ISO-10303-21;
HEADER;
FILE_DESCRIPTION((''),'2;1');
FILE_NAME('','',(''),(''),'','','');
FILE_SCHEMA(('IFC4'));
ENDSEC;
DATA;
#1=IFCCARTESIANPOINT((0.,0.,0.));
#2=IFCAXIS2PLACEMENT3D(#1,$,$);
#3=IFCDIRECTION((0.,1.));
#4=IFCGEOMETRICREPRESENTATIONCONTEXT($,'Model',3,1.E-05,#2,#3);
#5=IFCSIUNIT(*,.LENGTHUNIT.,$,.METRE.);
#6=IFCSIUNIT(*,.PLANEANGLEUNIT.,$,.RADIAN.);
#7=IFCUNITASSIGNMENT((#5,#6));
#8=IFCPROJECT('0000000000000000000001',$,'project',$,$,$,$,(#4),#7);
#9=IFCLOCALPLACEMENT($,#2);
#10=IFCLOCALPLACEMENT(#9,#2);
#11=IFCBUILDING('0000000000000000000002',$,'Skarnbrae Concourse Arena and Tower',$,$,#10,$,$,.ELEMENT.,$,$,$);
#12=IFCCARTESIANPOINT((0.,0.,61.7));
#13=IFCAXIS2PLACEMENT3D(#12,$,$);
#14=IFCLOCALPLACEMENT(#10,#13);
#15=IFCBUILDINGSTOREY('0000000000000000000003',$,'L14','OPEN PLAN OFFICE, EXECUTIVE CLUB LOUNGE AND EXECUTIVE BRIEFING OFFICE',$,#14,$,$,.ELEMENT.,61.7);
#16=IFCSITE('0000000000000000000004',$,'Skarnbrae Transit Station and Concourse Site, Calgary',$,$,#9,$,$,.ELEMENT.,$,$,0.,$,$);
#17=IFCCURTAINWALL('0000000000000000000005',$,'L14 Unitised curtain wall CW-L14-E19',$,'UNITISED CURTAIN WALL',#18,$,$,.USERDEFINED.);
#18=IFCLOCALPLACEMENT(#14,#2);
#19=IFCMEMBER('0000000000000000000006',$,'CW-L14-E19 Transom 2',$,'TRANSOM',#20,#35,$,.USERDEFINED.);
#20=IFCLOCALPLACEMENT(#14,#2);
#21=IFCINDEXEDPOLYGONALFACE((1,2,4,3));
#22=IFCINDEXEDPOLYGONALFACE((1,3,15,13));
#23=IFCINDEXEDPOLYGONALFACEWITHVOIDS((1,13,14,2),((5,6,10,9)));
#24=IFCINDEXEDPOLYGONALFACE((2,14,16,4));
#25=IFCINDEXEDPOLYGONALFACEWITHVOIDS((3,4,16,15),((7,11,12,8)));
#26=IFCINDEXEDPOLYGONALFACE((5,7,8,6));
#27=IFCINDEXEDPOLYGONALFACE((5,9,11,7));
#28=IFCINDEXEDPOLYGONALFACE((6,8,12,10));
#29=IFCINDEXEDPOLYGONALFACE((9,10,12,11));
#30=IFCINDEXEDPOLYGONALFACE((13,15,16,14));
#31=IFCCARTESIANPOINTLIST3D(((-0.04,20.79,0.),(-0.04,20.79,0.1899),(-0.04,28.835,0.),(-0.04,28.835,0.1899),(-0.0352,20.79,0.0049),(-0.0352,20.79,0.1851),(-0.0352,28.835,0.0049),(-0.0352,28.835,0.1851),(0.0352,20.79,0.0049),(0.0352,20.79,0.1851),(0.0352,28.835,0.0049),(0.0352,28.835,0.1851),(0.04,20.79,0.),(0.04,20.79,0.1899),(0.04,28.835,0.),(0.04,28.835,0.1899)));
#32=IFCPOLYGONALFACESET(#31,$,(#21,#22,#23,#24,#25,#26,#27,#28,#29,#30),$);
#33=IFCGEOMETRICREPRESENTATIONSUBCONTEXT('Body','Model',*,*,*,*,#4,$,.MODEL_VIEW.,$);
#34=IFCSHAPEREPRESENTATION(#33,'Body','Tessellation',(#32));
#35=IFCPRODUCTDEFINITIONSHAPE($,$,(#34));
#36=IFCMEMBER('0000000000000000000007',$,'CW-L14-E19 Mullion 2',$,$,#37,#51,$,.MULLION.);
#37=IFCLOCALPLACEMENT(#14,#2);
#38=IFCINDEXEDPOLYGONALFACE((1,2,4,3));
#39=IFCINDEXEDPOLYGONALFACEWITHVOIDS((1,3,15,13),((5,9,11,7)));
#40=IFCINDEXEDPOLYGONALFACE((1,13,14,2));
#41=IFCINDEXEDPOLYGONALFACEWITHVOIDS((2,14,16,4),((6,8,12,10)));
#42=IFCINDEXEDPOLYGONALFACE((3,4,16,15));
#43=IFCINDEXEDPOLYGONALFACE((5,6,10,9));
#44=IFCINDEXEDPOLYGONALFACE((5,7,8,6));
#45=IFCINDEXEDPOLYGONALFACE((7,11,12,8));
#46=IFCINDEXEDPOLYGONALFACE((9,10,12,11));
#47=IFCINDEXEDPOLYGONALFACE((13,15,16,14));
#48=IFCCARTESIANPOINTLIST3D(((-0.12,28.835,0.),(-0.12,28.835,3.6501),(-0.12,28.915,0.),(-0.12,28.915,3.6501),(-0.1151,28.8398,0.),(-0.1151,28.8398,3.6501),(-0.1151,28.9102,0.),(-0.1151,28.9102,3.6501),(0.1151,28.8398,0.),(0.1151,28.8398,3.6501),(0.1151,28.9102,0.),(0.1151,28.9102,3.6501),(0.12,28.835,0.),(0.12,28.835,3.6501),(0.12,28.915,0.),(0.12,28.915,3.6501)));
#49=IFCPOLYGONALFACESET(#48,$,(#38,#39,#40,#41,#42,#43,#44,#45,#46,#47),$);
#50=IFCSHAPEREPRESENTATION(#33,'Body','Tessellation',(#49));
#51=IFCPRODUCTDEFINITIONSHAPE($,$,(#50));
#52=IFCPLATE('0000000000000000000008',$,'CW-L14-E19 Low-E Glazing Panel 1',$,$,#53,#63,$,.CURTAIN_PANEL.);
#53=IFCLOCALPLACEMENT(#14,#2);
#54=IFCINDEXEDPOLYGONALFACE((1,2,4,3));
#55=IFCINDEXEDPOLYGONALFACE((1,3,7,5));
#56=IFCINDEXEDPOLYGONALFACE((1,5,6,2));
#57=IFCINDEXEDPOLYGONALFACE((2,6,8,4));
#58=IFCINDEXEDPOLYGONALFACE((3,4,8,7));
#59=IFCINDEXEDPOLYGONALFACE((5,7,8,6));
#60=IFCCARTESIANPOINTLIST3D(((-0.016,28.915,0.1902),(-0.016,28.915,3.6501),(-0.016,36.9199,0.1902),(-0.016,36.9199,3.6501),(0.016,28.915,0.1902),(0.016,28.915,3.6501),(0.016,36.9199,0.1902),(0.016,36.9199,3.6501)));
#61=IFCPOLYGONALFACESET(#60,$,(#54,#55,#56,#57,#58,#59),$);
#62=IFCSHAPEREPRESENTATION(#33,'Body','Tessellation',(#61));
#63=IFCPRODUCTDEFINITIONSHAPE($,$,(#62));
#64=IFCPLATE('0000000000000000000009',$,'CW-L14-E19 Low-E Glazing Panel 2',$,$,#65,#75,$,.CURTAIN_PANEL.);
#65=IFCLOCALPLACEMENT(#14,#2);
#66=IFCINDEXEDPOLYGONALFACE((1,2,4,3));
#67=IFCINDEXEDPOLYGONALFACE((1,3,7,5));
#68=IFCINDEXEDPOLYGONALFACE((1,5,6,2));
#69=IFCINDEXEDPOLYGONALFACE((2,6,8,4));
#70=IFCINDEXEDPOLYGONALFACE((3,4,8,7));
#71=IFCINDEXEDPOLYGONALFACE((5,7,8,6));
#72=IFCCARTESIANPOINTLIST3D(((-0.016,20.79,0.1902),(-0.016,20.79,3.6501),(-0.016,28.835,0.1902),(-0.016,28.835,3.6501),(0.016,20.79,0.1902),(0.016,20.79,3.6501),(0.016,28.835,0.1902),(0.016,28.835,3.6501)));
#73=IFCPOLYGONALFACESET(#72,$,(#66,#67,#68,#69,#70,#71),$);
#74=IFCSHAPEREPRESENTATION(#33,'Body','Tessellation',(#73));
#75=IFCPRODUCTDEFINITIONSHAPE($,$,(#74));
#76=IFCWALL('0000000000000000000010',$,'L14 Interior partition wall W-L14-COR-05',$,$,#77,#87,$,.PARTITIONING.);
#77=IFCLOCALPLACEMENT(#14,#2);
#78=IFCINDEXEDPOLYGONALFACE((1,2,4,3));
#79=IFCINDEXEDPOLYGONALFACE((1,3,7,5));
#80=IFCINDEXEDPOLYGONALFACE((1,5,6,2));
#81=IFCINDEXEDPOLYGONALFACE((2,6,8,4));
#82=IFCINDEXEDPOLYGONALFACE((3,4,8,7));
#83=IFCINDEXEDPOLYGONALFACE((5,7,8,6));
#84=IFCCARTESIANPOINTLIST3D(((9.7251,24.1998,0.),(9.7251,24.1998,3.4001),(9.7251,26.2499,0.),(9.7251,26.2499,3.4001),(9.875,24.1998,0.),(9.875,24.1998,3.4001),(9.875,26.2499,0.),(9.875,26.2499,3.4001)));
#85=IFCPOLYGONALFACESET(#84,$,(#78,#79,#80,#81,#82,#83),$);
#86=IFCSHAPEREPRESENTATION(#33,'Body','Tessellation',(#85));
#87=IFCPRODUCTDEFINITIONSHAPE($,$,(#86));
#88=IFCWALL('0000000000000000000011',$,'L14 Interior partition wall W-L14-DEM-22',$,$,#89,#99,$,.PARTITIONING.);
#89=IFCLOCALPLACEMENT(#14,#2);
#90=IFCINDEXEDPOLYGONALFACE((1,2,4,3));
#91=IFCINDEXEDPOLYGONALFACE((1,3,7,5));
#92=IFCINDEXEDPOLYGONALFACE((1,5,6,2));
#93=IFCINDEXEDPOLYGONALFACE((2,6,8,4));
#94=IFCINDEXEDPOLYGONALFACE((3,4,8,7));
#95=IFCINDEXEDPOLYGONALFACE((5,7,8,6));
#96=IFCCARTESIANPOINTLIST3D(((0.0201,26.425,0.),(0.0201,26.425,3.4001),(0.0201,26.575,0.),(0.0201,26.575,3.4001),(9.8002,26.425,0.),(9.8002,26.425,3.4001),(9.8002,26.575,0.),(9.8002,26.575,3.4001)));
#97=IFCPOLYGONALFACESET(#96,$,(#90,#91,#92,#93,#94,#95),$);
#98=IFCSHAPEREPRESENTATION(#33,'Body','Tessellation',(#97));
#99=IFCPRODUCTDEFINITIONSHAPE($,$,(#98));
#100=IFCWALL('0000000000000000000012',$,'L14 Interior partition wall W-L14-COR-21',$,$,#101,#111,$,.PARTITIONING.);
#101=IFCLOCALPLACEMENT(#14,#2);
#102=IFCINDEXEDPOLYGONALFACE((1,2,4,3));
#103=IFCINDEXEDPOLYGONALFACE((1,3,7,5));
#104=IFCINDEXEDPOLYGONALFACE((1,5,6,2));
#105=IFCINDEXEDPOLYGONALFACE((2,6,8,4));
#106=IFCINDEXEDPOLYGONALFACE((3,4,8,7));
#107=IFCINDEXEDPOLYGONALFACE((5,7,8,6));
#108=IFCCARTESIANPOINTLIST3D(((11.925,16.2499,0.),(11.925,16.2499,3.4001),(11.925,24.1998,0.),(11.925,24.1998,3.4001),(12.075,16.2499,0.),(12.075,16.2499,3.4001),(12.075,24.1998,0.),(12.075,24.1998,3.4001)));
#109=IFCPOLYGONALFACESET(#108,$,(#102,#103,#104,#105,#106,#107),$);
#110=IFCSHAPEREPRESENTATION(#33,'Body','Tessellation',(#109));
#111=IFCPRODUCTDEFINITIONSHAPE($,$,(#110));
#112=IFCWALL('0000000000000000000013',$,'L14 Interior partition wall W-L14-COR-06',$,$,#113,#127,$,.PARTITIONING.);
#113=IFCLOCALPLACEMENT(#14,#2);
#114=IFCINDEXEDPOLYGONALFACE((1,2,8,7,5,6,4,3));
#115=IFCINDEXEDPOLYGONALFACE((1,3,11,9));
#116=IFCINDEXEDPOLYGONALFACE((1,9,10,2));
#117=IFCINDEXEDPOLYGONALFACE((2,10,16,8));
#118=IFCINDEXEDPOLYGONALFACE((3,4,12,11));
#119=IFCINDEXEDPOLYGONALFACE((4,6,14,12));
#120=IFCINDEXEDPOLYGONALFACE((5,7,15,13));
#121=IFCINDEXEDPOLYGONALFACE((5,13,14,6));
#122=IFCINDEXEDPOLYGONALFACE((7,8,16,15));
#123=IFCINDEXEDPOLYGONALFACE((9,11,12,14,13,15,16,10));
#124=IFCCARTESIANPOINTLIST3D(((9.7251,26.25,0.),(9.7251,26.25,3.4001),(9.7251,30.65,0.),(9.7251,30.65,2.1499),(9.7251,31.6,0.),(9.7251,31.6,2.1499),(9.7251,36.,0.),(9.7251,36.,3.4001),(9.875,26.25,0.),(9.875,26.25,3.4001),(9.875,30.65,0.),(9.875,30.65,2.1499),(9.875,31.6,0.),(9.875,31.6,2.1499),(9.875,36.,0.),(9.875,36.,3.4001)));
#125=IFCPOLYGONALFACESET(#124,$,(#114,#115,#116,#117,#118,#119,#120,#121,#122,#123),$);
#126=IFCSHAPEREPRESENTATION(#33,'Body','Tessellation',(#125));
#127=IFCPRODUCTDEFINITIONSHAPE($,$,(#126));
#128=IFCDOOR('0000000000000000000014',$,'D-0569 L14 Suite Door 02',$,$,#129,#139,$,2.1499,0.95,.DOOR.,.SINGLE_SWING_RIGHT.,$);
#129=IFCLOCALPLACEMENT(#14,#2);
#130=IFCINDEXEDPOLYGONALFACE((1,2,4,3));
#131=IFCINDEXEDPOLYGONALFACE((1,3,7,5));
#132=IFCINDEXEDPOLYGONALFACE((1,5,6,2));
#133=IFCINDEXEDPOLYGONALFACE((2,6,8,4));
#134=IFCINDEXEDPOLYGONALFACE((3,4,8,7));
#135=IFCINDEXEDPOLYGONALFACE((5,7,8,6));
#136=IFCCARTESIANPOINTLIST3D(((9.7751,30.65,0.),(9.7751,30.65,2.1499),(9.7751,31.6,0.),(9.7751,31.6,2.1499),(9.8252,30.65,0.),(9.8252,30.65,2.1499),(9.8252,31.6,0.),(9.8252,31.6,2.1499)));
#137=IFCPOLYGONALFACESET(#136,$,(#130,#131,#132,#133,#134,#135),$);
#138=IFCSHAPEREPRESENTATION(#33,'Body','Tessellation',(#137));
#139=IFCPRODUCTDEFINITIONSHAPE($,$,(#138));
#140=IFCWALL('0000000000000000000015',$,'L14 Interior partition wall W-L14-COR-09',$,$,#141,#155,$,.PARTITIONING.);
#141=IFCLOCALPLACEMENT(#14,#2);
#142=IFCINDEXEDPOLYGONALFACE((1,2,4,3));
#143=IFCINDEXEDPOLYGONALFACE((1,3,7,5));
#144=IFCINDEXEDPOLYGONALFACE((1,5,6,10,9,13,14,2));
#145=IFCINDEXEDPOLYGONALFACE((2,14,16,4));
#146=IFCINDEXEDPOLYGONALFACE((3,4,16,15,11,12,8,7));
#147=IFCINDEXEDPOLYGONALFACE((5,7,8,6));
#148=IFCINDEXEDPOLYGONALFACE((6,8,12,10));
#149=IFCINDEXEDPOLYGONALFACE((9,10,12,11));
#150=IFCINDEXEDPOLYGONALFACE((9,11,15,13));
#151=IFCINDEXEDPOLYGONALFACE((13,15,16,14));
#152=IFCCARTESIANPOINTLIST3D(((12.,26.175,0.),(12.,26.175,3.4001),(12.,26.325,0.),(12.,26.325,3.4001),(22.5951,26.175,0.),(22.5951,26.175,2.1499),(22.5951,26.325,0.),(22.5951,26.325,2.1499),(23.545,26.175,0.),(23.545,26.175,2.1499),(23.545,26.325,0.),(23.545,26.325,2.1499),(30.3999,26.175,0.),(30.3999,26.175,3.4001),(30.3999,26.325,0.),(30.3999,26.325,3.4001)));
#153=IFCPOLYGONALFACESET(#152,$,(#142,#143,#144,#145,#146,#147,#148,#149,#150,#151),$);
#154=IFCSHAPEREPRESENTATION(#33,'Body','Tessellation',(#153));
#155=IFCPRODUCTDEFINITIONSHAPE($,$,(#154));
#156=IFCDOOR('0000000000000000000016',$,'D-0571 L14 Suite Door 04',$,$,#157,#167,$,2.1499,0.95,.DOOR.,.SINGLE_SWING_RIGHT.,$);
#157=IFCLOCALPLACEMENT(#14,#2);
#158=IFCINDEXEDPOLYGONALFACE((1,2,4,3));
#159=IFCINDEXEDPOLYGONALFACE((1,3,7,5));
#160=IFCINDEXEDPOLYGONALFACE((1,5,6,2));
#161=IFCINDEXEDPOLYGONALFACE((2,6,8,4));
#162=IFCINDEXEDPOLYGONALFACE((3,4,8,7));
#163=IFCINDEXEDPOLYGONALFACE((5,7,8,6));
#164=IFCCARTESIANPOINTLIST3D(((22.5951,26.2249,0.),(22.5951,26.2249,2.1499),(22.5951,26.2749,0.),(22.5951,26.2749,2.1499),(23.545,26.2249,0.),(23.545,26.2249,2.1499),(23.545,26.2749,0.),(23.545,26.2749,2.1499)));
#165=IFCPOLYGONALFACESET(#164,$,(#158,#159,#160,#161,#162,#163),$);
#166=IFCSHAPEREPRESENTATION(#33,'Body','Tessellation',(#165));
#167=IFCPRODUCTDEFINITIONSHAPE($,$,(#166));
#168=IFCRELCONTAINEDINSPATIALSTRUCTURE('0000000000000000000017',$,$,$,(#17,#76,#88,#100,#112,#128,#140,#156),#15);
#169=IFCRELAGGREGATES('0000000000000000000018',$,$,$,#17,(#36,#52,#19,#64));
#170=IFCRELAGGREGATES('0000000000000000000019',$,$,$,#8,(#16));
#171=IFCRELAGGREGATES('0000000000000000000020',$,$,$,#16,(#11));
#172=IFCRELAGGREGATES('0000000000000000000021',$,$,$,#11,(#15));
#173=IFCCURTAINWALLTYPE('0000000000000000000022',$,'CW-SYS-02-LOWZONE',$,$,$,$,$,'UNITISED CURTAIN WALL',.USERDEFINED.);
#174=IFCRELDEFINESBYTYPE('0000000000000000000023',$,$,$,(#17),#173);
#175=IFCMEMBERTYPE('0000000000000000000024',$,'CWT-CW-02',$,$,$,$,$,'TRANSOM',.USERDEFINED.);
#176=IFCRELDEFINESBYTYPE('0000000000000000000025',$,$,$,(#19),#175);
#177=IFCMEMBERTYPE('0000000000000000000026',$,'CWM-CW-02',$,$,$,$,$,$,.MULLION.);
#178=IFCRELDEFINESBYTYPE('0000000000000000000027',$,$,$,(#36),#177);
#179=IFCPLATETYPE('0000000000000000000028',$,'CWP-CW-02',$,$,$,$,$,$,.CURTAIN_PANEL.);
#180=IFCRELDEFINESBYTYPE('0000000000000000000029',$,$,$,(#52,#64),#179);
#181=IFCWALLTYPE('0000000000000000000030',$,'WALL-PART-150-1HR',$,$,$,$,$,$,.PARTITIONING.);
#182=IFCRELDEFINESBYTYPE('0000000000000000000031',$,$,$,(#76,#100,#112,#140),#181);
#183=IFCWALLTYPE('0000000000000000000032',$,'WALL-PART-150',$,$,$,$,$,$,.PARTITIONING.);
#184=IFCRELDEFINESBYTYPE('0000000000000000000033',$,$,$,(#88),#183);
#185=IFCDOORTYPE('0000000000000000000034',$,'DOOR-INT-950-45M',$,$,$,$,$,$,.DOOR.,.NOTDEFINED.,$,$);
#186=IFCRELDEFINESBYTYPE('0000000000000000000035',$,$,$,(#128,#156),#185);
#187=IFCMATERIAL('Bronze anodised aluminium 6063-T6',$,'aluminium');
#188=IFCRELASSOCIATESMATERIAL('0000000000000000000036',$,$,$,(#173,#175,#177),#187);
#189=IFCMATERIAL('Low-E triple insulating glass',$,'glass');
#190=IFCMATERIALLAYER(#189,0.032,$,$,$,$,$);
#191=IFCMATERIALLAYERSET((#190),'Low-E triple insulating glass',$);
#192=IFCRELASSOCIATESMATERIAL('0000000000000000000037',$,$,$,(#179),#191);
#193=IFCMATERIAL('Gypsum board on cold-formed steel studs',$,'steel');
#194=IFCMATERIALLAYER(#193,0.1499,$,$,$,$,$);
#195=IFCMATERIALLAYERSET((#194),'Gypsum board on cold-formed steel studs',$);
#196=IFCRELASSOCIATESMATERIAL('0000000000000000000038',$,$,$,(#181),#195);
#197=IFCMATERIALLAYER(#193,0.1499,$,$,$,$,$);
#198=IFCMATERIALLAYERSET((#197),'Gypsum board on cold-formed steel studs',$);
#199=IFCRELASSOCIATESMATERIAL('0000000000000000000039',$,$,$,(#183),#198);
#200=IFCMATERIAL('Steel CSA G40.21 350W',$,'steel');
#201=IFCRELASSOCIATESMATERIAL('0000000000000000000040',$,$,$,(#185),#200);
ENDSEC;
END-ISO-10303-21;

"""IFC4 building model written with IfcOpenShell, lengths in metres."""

from ifc_helpers import new_model, si_unit, direction, frame, frame_2d, origin, origin_2d, place, context, subcontext, project, spatial, rectangle, hollow_rectangle, extrude, source, transform, mapped, material, layer, layer_set, material_profile, profile_set, type_object, element, fill, aggregate, save


model = new_model("IFC4")

# Units and contexts
model_context = context("Model", 3, precision=1e-05, world=origin(), true_north=direction((0.0, 1.0)))
body_context = subcontext(model_context, "Body", "Model", "MODEL_VIEW")
ifc_project = project(units=[si_unit("LENGTHUNIT", "METRE"), si_unit("PLANEANGLEUNIT", "RADIAN")], contexts=[model_context])

# Site, building, storey
site_placement = place(None, origin())
site = spatial("IfcSite", under=ifc_project, at=site_placement, Name="Skarnbrae Transit Station and Concourse Site, Calgary", CompositionType="ELEMENT", RefElevation=0.0)
building_placement = place(site_placement, origin())
building = spatial("IfcBuilding", under=site, at=building_placement, Name="Skarnbrae Concourse Arena and Tower", CompositionType="ELEMENT")
storey_placement = place(building_placement, frame((0.0, 0.0, 61.7)))
storey = spatial("IfcBuildingStorey", under=building, at=storey_placement, Name="L14", Description="OPEN PLAN OFFICE, EXECUTIVE CLUB LOUNGE AND EXECUTIVE BRIEFING OFFICE", CompositionType="ELEMENT", Elevation=61.7)

# Shared definitions
ifc_material_1 = material(Name="Steel CSA G40.21 350W", Category="steel")

# Curtain wall, members, plates
ifc_material_2 = material(Name="Bronze anodised aluminium 6063-T6", Category="aluminium")
curtain_wall_type = type_object("IfcCurtainWallType", Name="CW-SYS-02-LOWZONE", ElementType="UNITISED CURTAIN WALL", PredefinedType="USERDEFINED", material=ifc_material_2)
curtain_wall_placement = place(storey_placement, origin())
curtain_wall = element("IfcCurtainWall", 1, at=curtain_wall_placement, inside=storey, type_object=curtain_wall_type, Name="L14 Unitised curtain wall CW-L14-E19", ObjectType="UNITISED CURTAIN WALL", PredefinedType="USERDEFINED")
ifc_material_profile_1 = material_profile(ifc_material_2, hollow_rectangle(XDim=0.0801, YDim=0.1899, WallThickness=0.0049, at=origin_2d()), Name="ALU-TRAN-80X190")
ifc_profile_set_1 = profile_set([ifc_material_profile_1], Name="Bronze anodised aluminium 6063-T6")
member_type_1 = type_object("IfcMemberType", Name="CWT-CW-02", ElementType="TRANSOM", PredefinedType="USERDEFINED", material=ifc_profile_set_1)
shared_shape_1 = source(origin(), body_context, "Body", "SweptSolid", [
    extrude(hollow_rectangle(XDim=0.0801, YDim=0.1899, WallThickness=0.0049, at=origin_2d()), origin(), (0.0, 0.0, 1.0), 8.0449),
])
member_1_placement = place(storey_placement, frame((0.0, 28.835, 0.095), z_axis=(0.0, -1.0, 0.0), x_axis=(1.0, 0.0, 0.0)))
member_1 = element("IfcMember", 2, at=member_1_placement, type_object=member_type_1, Name="CW-L14-E19 Transom 2", ObjectType="TRANSOM", PredefinedType="USERDEFINED", context=body_context, shape_type="MappedRepresentation", body=[
    mapped(shared_shape_1, transform((0.0, 0.0, 0.0))),
])
ifc_material_profile_2 = material_profile(ifc_material_2, hollow_rectangle(XDim=0.0801, YDim=0.24, WallThickness=0.0049, at=origin_2d()), Name="ALU-MULL-80X240")
ifc_profile_set_2 = profile_set([ifc_material_profile_2], Name="Bronze anodised aluminium 6063-T6")
member_type_2 = type_object("IfcMemberType", Name="CWM-CW-02", PredefinedType="MULLION", material=ifc_profile_set_2)
shared_shape_2 = source(origin(), body_context, "Body", "SweptSolid", [
    extrude(hollow_rectangle(XDim=0.0801, YDim=0.24, WallThickness=0.0049, at=origin_2d()), origin(), (0.0, 0.0, 1.0), 3.6501),
])
member_2_placement = place(storey_placement, frame((0.0, 28.875, 0.0), z_axis=(0.0, 0.0, 1.0), x_axis=(0.0, -1.0, 0.0)))
member_2 = element("IfcMember", 3, at=member_2_placement, type_object=member_type_2, Name="CW-L14-E19 Mullion 2", PredefinedType="MULLION", context=body_context, shape_type="MappedRepresentation", body=[
    mapped(shared_shape_2, transform((0.0, 0.0, 0.0))),
])
ifc_material_3 = material(Name="Low-E triple insulating glass", Category="glass")
ifc_layer_1 = layer(ifc_material_3, 0.032)
ifc_layer_set_1 = layer_set([ifc_layer_1], Name="Low-E triple insulating glass")
plate_type = type_object("IfcPlateType", Name="CWP-CW-02", PredefinedType="CURTAIN_PANEL", material=ifc_layer_set_1)
shared_shape_3 = source(origin(), body_context, "Body", "SweptSolid", [
    extrude(rectangle(XDim=8.0049, YDim=0.032, at=origin_2d()), origin(), (0.0, 0.0, 1.0), 3.46),
])
plate_1_placement = place(storey_placement, frame((0.0, 32.9175, 0.1902), z_axis=(0.0, 0.0, 1.0), x_axis=(0.0, -1.0, 0.0)))
plate_1 = element("IfcPlate", 4, at=plate_1_placement, type_object=plate_type, Name="CW-L14-E19 Low-E Glazing Panel 1", PredefinedType="CURTAIN_PANEL", context=body_context, shape_type="MappedRepresentation", body=[
    mapped(shared_shape_3, transform((0.0, 0.0, 0.0))),
])
shared_shape_4 = source(origin(), body_context, "Body", "SweptSolid", [
    extrude(rectangle(XDim=8.0449, YDim=0.032, at=origin_2d()), origin(), (0.0, 0.0, 1.0), 3.46),
])
plate_2_placement = place(storey_placement, frame((0.0, 24.8125, 0.1902), z_axis=(0.0, 0.0, 1.0), x_axis=(0.0, -1.0, 0.0)))
plate_2 = element("IfcPlate", 5, at=plate_2_placement, type_object=plate_type, Name="CW-L14-E19 Low-E Glazing Panel 2", PredefinedType="CURTAIN_PANEL", context=body_context, shape_type="MappedRepresentation", body=[
    mapped(shared_shape_4, transform((0.0, 0.0, 0.0))),
])
aggregate(curtain_wall, [member_2, plate_1, member_1, plate_2])

# Walls
ifc_material_4 = material(Name="Gypsum board on cold-formed steel studs", Category="steel")
ifc_layer_2 = layer(ifc_material_4, 0.1499)
ifc_layer_set_2 = layer_set([ifc_layer_2], Name="Gypsum board on cold-formed steel studs")
wall_type_1 = type_object("IfcWallType", Name="WALL-PART-150-1HR", PredefinedType="PARTITIONING", material=ifc_layer_set_2)
shared_shape_5 = source(origin(), body_context, "Body", "SweptSolid", [
    extrude(rectangle(XDim=2.05, YDim=0.1499, at=frame_2d((1.0249, 0.0))), origin(), (0.0, 0.0, 1.0), 3.4001),
])
wall_1_placement = place(storey_placement, frame((9.8, 24.2, 0.0), z_axis=(0.0, 0.0, 1.0), x_axis=(0.0, 1.0, 0.0)))
element("IfcWall", 6, at=wall_1_placement, inside=storey, type_object=wall_type_1, Name="L14 Interior partition wall W-L14-COR-05", PredefinedType="PARTITIONING", context=body_context, shape_type="MappedRepresentation", body=[
    mapped(shared_shape_5, transform((0.0, 0.0, 0.0))),
])
ifc_layer_3 = layer(ifc_material_4, 0.1499)
ifc_layer_set_3 = layer_set([ifc_layer_3], Name="Gypsum board on cold-formed steel studs")
wall_type_2 = type_object("IfcWallType", Name="WALL-PART-150", PredefinedType="PARTITIONING", material=ifc_layer_set_3)
shared_shape_6 = source(origin(), body_context, "Body", "SweptSolid", [
    extrude(rectangle(XDim=9.78, YDim=0.1499, at=frame_2d((4.8901, 0.0))), origin(), (0.0, 0.0, 1.0), 3.4001),
])
wall_2_placement = place(storey_placement, frame((0.02, 26.5, 0.0), z_axis=(0.0, 0.0, 1.0), x_axis=(1.0, 0.0, 0.0)))
element("IfcWall", 7, at=wall_2_placement, inside=storey, type_object=wall_type_2, Name="L14 Interior partition wall W-L14-DEM-22", PredefinedType="PARTITIONING", context=body_context, shape_type="MappedRepresentation", body=[
    mapped(shared_shape_6, transform((0.0, 0.0, 0.0))),
])
shared_shape_7 = source(origin(), body_context, "Body", "SweptSolid", [
    extrude(rectangle(XDim=7.95, YDim=0.1499, at=frame_2d((3.9751, 0.0))), origin(), (0.0, 0.0, 1.0), 3.4001),
])
wall_3_placement = place(storey_placement, frame((12.0, 24.2, 0.0), z_axis=(0.0, 0.0, 1.0), x_axis=(0.0, -1.0, 0.0)))
element("IfcWall", 8, at=wall_3_placement, inside=storey, type_object=wall_type_1, Name="L14 Interior partition wall W-L14-COR-21", PredefinedType="PARTITIONING", context=body_context, shape_type="MappedRepresentation", body=[
    mapped(shared_shape_7, transform((0.0, 0.0, 0.0))),
])

# Walls, openings, doors
shared_shape_8 = source(origin(), body_context, "Body", "SweptSolid", [
    extrude(rectangle(XDim=9.75, YDim=0.1499, at=frame_2d((4.875, 0.0))), origin(), (0.0, 0.0, 1.0), 3.4001),
])
wall_4_placement = place(storey_placement, frame((9.8, 26.25, 0.0), z_axis=(0.0, 0.0, 1.0), x_axis=(0.0, 1.0, 0.0)))
wall_4 = element("IfcWall", 9, at=wall_4_placement, inside=storey, type_object=wall_type_1, Name="L14 Interior partition wall W-L14-COR-06", PredefinedType="PARTITIONING", context=body_context, shape_type="MappedRepresentation", body=[
    mapped(shared_shape_8, transform((0.0, 0.0, 0.0))),
])
opening_1_placement = place(wall_4_placement, frame((4.3999, 0.0, 0.0)))
opening_1 = element("IfcOpeningElement", 10, at=opening_1_placement, cuts=wall_4, PredefinedType="OPENING", context=body_context, shape_type="SweptSolid", body=[
    extrude(rectangle(XDim=0.95, YDim=2.1499, at=frame_2d((0.4751, 1.075))), frame((0.0, 0.085, 0.0), z_axis=(0.0, -1.0, 0.0), x_axis=(1.0, 0.0, 0.0)), (0.0, 0.0, 1.0), 0.1699),
])
door_type = type_object("IfcDoorType", Name="DOOR-INT-950-45M", OperationType="NOTDEFINED", PredefinedType="DOOR", material=ifc_material_1)
shared_shape_9 = source(origin(), body_context, "Body", "SweptSolid", [
    extrude(rectangle(XDim=0.95, YDim=2.1499, at=frame_2d((0.4751, 1.075))), frame((0.0, 0.0249, 0.0), z_axis=(0.0, -1.0, 0.0), x_axis=(1.0, 0.0, 0.0)), (0.0, 0.0, 1.0), 0.05),
])
door_1_placement = place(opening_1_placement, origin())
door_1 = element("IfcDoor", 11, at=door_1_placement, inside=storey, type_object=door_type, Name="D-0569 L14 Suite Door 02", OperationType="SINGLE_SWING_RIGHT", OverallHeight=2.1499, OverallWidth=0.95, PredefinedType="DOOR", context=body_context, shape_type="MappedRepresentation", body=[
    mapped(shared_shape_9, transform((0.0, 0.0, 0.0))),
])
fill(opening_1, door_1)
shared_shape_10 = source(origin(), body_context, "Body", "SweptSolid", [
    extrude(rectangle(XDim=18.3999, YDim=0.1499, at=frame_2d((9.2, 0.0))), origin(), (0.0, 0.0, 1.0), 3.4001),
])
wall_5_placement = place(storey_placement, frame((12.0, 26.25, 0.0), z_axis=(0.0, 0.0, 1.0), x_axis=(1.0, 0.0, 0.0)))
wall_5 = element("IfcWall", 12, at=wall_5_placement, inside=storey, type_object=wall_type_1, Name="L14 Interior partition wall W-L14-COR-09", PredefinedType="PARTITIONING", context=body_context, shape_type="MappedRepresentation", body=[
    mapped(shared_shape_10, transform((0.0, 0.0, 0.0))),
])
opening_2_placement = place(wall_5_placement, frame((10.595, 0.0, 0.0)))
opening_2 = element("IfcOpeningElement", 13, at=opening_2_placement, cuts=wall_5, PredefinedType="OPENING", context=body_context, shape_type="SweptSolid", body=[
    extrude(rectangle(XDim=0.95, YDim=2.1499, at=frame_2d((0.4751, 1.075))), frame((0.0, 0.085, 0.0), z_axis=(0.0, -1.0, 0.0), x_axis=(1.0, 0.0, 0.0)), (0.0, 0.0, 1.0), 0.1699),
])
door_2_placement = place(opening_2_placement, origin())
door_2 = element("IfcDoor", 14, at=door_2_placement, inside=storey, type_object=door_type, Name="D-0571 L14 Suite Door 04", OperationType="SINGLE_SWING_RIGHT", OverallHeight=2.1499, OverallWidth=0.95, PredefinedType="DOOR", context=body_context, shape_type="MappedRepresentation", body=[
    mapped(shared_shape_9, transform((0.0, 0.0, 0.0))),
])
fill(opening_2, door_2)

save(model, "model.ifc")
